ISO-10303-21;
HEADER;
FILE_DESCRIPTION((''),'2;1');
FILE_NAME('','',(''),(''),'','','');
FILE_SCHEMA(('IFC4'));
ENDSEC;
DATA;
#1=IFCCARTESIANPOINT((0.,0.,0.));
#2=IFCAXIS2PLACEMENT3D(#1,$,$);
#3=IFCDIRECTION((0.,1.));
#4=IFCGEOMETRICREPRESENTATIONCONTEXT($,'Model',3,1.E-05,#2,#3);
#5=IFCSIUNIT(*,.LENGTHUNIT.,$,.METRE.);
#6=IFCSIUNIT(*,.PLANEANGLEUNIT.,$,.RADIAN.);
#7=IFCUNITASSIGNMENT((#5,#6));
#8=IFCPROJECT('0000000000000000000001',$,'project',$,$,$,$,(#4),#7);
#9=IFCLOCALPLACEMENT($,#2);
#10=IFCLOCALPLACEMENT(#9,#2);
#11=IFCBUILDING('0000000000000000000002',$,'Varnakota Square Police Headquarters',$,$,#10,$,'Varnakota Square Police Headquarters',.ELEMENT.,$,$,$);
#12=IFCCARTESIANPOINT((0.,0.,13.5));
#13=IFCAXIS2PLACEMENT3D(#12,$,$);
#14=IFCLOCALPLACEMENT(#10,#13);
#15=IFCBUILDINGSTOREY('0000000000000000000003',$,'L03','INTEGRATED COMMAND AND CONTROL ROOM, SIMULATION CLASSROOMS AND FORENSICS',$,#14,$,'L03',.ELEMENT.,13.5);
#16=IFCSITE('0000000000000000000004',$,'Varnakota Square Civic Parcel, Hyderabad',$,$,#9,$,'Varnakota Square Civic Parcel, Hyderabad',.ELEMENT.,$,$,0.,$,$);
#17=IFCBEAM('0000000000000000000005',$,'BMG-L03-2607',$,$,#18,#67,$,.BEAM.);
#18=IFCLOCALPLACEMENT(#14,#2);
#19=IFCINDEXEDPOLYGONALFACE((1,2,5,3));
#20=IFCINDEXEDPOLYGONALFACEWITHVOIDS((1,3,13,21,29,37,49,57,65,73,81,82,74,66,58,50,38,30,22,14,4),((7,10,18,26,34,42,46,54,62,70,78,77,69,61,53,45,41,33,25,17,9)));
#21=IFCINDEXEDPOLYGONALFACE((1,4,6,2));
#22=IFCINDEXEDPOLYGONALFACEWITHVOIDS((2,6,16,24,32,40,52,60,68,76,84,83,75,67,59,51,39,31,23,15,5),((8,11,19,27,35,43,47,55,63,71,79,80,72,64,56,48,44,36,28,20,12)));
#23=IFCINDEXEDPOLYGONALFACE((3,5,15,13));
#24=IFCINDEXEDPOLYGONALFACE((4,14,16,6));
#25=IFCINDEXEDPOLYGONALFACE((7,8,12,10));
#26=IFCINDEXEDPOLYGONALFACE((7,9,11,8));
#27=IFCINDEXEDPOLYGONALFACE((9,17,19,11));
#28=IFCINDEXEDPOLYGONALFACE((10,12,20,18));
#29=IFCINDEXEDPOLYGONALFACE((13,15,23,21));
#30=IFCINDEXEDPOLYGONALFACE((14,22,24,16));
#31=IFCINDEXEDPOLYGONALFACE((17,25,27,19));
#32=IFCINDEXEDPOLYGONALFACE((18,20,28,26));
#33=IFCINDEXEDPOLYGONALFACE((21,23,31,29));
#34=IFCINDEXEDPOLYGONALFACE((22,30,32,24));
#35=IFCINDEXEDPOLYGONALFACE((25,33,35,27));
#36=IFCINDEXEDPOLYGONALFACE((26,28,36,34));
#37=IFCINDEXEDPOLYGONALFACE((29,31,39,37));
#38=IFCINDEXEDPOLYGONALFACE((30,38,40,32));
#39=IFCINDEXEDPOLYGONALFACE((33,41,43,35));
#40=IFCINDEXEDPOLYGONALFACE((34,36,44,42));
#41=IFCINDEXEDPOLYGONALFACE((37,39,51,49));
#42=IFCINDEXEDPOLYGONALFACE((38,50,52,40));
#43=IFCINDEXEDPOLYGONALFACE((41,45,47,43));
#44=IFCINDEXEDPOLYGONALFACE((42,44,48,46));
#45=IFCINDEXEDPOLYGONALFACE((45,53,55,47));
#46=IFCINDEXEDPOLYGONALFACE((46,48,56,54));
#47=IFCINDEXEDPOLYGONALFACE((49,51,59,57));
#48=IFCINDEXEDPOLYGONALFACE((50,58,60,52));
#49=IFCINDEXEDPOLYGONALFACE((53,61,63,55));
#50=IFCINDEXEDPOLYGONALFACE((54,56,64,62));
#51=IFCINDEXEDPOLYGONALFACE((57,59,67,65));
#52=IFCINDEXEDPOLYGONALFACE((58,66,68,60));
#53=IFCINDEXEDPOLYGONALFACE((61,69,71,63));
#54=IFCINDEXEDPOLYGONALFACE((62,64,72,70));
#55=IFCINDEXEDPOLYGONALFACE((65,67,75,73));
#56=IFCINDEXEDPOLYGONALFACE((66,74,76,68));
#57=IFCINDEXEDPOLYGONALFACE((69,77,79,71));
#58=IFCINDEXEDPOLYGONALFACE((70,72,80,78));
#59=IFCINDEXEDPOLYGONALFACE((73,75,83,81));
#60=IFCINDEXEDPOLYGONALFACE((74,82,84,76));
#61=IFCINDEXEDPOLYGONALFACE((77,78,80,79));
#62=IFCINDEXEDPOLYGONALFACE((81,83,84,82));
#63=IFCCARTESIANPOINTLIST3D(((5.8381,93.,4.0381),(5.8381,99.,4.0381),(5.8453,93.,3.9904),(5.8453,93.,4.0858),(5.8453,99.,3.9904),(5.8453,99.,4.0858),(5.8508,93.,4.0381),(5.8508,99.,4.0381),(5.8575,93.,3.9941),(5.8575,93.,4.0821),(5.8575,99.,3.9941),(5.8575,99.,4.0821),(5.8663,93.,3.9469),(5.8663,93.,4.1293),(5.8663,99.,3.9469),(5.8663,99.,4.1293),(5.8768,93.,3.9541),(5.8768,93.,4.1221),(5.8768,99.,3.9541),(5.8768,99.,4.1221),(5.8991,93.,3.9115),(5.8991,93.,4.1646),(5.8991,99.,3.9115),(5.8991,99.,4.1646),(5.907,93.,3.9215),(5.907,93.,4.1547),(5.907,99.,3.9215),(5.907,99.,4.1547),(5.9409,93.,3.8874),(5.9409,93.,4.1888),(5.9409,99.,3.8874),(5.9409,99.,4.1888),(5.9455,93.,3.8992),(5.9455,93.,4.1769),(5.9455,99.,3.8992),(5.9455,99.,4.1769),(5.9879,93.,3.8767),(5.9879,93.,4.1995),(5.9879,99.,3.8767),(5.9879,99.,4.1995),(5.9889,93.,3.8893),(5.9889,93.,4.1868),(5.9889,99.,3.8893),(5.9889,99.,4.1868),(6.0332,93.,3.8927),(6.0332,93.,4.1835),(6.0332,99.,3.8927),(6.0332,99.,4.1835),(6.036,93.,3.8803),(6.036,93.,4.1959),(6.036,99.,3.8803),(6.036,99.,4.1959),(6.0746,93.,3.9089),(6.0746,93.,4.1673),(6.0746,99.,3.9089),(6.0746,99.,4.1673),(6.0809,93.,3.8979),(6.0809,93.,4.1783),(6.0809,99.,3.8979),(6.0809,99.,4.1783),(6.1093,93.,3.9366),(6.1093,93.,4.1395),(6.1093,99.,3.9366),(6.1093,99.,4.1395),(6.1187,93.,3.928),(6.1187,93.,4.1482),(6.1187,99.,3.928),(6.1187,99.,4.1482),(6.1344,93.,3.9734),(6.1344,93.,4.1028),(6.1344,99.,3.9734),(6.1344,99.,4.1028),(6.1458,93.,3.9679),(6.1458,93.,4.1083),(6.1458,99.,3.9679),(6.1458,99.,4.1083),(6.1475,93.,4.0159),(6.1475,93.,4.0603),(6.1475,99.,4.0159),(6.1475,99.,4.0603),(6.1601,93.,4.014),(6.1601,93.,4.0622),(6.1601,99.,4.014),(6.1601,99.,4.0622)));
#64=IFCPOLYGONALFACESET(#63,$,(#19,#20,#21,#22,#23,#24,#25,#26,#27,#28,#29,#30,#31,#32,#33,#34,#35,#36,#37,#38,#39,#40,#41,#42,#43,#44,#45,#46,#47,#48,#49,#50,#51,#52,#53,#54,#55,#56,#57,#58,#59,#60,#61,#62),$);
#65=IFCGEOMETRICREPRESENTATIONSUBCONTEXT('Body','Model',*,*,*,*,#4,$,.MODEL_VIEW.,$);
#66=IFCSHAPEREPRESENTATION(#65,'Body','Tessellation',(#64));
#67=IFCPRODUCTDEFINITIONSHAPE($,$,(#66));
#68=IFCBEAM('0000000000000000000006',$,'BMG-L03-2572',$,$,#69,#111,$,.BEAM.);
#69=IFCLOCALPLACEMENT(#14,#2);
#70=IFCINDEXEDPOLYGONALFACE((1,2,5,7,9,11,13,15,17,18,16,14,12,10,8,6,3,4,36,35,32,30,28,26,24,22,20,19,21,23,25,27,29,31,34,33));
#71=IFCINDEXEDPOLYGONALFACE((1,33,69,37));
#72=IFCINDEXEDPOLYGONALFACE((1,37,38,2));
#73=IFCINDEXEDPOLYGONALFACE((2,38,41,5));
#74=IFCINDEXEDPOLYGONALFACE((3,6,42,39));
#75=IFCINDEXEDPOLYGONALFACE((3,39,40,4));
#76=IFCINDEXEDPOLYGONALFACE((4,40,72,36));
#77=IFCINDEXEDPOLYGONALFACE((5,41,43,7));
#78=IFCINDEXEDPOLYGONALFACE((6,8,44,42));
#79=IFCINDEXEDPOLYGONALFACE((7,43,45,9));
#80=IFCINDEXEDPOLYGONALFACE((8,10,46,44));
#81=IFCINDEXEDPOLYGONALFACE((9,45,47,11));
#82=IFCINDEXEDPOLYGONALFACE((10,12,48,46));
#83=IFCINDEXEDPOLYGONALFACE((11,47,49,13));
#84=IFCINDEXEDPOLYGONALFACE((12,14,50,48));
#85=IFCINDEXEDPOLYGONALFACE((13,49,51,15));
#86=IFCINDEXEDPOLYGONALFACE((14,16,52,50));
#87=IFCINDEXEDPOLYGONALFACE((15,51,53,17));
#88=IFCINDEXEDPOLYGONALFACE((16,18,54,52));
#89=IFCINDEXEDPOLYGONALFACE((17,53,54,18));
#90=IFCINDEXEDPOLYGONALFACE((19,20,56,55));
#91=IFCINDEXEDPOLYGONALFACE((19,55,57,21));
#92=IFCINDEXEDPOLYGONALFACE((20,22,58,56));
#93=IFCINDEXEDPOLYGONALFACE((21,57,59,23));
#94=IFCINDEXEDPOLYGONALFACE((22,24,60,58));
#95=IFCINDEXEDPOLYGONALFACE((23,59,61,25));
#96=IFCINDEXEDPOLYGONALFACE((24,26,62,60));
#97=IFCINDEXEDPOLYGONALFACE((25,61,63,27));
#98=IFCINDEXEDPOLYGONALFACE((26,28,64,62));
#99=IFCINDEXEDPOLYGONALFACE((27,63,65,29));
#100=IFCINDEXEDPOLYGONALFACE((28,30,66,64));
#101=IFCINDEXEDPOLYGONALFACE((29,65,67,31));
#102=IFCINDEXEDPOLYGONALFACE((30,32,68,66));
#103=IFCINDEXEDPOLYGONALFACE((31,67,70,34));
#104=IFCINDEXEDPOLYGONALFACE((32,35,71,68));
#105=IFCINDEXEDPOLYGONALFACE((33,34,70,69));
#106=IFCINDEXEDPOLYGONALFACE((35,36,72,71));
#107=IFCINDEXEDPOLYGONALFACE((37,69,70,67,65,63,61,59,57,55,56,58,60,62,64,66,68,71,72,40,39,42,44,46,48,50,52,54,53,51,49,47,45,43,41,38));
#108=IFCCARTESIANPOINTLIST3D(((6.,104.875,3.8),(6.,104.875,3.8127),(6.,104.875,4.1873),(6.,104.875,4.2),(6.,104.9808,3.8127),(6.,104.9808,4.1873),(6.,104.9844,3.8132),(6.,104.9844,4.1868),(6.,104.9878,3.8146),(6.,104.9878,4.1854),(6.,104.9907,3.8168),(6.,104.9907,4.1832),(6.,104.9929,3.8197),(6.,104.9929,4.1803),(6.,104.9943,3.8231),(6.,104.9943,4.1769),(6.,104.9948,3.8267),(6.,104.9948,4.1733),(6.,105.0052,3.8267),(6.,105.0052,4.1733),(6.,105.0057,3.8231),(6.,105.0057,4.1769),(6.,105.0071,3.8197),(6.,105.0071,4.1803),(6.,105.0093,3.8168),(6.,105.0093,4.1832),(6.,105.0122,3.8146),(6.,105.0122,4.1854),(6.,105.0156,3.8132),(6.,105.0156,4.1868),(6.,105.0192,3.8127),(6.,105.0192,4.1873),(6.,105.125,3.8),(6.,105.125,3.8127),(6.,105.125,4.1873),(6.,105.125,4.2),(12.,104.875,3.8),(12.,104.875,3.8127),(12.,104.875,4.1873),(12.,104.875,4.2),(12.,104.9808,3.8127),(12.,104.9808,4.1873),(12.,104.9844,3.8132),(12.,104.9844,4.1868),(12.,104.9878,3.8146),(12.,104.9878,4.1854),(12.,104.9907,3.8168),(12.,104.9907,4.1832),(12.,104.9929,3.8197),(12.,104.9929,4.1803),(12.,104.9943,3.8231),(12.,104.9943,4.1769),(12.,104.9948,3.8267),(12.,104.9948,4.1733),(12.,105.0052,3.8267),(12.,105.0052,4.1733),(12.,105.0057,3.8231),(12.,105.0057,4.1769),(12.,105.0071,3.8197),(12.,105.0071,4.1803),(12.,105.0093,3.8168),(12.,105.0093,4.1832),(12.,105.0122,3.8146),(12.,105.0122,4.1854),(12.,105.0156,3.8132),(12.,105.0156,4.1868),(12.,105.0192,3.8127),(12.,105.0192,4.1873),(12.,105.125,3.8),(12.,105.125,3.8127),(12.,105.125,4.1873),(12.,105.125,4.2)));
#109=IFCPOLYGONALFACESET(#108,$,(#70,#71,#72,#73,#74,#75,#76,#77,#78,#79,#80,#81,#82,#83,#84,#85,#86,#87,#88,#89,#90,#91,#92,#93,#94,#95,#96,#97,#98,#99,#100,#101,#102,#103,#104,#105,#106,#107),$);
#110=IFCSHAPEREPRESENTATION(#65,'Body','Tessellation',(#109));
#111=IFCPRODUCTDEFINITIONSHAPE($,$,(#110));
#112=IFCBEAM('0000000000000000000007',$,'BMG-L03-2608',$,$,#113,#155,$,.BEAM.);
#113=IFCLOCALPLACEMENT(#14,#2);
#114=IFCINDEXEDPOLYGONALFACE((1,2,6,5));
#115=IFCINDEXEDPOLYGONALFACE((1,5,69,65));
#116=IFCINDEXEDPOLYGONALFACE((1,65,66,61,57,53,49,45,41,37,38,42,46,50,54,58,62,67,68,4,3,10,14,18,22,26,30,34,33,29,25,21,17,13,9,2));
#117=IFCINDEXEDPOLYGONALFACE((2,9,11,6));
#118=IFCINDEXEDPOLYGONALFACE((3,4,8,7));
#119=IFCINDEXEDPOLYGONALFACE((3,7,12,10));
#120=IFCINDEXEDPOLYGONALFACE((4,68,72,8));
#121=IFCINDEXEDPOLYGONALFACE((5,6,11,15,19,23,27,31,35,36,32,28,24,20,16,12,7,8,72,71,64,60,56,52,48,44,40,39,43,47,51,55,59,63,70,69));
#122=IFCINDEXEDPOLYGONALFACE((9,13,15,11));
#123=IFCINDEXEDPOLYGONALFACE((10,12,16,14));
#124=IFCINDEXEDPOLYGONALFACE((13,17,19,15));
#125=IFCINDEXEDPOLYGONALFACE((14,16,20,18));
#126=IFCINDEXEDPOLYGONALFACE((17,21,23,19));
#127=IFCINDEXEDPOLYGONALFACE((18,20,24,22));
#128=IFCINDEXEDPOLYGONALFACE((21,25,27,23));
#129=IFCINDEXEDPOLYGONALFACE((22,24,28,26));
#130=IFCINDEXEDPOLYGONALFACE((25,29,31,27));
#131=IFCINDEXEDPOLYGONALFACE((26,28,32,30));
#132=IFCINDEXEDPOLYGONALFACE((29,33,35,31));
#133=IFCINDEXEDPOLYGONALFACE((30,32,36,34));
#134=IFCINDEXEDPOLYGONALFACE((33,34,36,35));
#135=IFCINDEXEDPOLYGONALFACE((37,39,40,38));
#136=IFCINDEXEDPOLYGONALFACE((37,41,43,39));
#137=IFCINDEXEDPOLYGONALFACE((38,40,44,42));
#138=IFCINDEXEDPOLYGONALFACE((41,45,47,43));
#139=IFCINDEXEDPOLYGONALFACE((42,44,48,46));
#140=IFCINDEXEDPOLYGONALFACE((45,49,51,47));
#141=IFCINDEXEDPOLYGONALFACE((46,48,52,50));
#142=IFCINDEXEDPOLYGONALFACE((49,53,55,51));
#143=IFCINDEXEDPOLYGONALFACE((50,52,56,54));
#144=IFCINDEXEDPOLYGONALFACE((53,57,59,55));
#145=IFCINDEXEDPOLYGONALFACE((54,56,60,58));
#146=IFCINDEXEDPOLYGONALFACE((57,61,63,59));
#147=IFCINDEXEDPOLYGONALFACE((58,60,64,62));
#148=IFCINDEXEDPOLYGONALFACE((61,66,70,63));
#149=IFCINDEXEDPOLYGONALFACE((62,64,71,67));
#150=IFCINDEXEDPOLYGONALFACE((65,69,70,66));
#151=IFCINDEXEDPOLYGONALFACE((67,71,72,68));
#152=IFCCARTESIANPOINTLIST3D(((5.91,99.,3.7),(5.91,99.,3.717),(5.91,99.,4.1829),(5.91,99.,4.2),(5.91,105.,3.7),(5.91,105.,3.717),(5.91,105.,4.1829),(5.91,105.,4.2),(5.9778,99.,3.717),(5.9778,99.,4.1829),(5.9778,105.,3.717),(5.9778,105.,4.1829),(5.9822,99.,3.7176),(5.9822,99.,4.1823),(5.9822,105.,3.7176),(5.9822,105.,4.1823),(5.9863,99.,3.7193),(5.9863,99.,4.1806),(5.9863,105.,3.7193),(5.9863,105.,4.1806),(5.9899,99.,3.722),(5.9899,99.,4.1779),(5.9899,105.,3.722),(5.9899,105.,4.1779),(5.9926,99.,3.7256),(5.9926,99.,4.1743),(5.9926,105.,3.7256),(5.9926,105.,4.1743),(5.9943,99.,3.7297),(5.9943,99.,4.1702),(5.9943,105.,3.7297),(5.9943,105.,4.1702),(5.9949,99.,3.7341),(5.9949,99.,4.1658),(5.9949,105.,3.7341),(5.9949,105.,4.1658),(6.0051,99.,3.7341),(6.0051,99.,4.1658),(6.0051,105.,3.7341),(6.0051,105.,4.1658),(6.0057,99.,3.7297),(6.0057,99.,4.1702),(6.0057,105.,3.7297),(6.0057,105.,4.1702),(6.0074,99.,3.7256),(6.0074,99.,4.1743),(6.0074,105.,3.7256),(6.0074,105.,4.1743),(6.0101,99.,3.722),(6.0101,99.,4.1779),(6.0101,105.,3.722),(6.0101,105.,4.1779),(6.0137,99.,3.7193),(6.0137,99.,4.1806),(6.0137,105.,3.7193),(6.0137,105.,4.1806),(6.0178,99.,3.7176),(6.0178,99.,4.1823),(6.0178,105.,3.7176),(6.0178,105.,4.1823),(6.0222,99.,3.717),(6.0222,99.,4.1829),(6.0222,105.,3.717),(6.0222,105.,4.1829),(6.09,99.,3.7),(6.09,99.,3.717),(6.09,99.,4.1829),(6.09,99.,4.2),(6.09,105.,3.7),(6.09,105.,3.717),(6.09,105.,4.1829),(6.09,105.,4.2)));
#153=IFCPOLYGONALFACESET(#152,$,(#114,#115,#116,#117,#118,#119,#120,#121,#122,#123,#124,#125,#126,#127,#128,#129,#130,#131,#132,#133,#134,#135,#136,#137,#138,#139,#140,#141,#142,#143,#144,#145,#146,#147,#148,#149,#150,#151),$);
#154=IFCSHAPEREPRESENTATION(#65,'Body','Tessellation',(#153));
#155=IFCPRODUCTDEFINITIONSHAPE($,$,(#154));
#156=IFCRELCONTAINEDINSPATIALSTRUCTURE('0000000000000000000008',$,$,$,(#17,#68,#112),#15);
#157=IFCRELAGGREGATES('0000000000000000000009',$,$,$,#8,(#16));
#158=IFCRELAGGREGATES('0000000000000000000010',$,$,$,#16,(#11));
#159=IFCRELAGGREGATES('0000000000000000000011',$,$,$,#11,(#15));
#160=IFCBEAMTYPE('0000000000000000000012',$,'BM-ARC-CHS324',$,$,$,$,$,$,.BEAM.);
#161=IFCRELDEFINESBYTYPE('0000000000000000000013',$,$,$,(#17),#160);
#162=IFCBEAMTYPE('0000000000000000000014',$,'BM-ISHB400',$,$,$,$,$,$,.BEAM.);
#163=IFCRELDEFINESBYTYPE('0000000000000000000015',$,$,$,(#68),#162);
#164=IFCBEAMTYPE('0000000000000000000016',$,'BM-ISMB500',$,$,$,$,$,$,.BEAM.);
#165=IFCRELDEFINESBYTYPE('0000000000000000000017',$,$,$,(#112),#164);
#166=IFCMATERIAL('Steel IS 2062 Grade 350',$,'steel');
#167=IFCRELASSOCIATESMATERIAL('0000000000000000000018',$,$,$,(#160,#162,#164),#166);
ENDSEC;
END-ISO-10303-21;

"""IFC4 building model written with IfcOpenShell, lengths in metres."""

from ifc_helpers import new_model, si_unit, direction, frame, origin, origin_2d, place, context, subcontext, project, spatial, hollow_circle, i_section, extrude, material, material_profile, profile_set, type_object, element, save


model = new_model("IFC4")

# Units and contexts
model_context = context("Model", 3, precision=1e-05, world=origin(), true_north=direction((0.0, 1.0)))
body_context = subcontext(model_context, "Body", "Model", "MODEL_VIEW")
ifc_project = project(units=[si_unit("LENGTHUNIT", "METRE"), si_unit("PLANEANGLEUNIT", "RADIAN")], contexts=[model_context])

# Site, building, storey
site_placement = place(None, origin())
site = spatial("IfcSite", under=ifc_project, at=site_placement, Name="Varnakota Square Civic Parcel, Hyderabad", LongName="Varnakota Square Civic Parcel, Hyderabad", CompositionType="ELEMENT", RefElevation=0.0)
building_placement = place(site_placement, origin())
building = spatial("IfcBuilding", under=site, at=building_placement, Name="Varnakota Square Police Headquarters", LongName="Varnakota Square Police Headquarters", CompositionType="ELEMENT")
storey_placement = place(building_placement, frame((0.0, 0.0, 13.5)))
storey = spatial("IfcBuildingStorey", under=building, at=storey_placement, Name="L03", Description="INTEGRATED COMMAND AND CONTROL ROOM, SIMULATION CLASSROOMS AND FORENSICS", LongName="L03", CompositionType="ELEMENT", Elevation=13.5)

# Shared definitions
ifc_material_1 = material(Name="Steel IS 2062 Grade 350", Category="steel")

# Beams
ifc_material_profile_1 = material_profile(ifc_material_1, hollow_circle(Radius=0.1619, WallThickness=0.0127, at=origin_2d()), Name="CHS 323.9x12.7")
ifc_profile_set_1 = profile_set([ifc_material_profile_1], Name="Steel IS 2062 Grade 350")
beam_type_1 = type_object("IfcBeamType", Name="BM-ARC-CHS324", PredefinedType="BEAM", material=ifc_profile_set_1)
beam_1_placement = place(storey_placement, frame((6.0, 93.0, 4.0381), z_axis=(0.0, 1.0, 0.0), x_axis=(-1.0, 0.0, 0.0)))
element("IfcBeam", 1, at=beam_1_placement, inside=storey, type_object=beam_type_1, Name="BMG-L03-2607", PredefinedType="BEAM", context=body_context, shape_type="SweptSolid", body=[
    extrude(hollow_circle(Radius=0.1619, WallThickness=0.0127, at=origin_2d()), origin(), (0.0, 0.0, 1.0), 6.0),
])
ifc_material_profile_2 = material_profile(ifc_material_1, i_section(OverallWidth=0.25, OverallDepth=0.3999, WebThickness=0.0105, FlangeThickness=0.0127, FilletRadius=0.0139, at=origin_2d()), Name="ISHB 400")
ifc_profile_set_2 = profile_set([ifc_material_profile_2], Name="Steel IS 2062 Grade 350")
beam_type_2 = type_object("IfcBeamType", Name="BM-ISHB400", PredefinedType="BEAM", material=ifc_profile_set_2)
beam_2_placement = place(storey_placement, frame((6.0, 105.0, 4.0), z_axis=(1.0, 0.0, 0.0), x_axis=(0.0, 1.0, 0.0)))
element("IfcBeam", 2, at=beam_2_placement, inside=storey, type_object=beam_type_2, Name="BMG-L03-2572", PredefinedType="BEAM", context=body_context, shape_type="SweptSolid", body=[
    extrude(i_section(OverallWidth=0.25, OverallDepth=0.3999, WebThickness=0.0105, FlangeThickness=0.0127, FilletRadius=0.0139, at=origin_2d()), origin(), (0.0, 0.0, 1.0), 6.0),
])
ifc_material_profile_3 = material_profile(ifc_material_1, i_section(OverallWidth=0.1799, OverallDepth=0.5, WebThickness=0.0103, FlangeThickness=0.0171, FilletRadius=0.0171, at=origin_2d()), Name="ISMB 500")
ifc_profile_set_3 = profile_set([ifc_material_profile_3], Name="Steel IS 2062 Grade 350")
beam_type_3 = type_object("IfcBeamType", Name="BM-ISMB500", PredefinedType="BEAM", material=ifc_profile_set_3)
beam_3_placement = place(storey_placement, frame((6.0, 99.0, 3.95), z_axis=(0.0, 1.0, 0.0), x_axis=(-1.0, 0.0, 0.0)))
element("IfcBeam", 3, at=beam_3_placement, inside=storey, type_object=beam_type_3, Name="BMG-L03-2608", PredefinedType="BEAM", context=body_context, shape_type="SweptSolid", body=[
    extrude(i_section(OverallWidth=0.1799, OverallDepth=0.5, WebThickness=0.0103, FlangeThickness=0.0171, FilletRadius=0.0171, at=origin_2d()), origin(), (0.0, 0.0, 1.0), 6.0),
])

save(model, "model.ifc")
